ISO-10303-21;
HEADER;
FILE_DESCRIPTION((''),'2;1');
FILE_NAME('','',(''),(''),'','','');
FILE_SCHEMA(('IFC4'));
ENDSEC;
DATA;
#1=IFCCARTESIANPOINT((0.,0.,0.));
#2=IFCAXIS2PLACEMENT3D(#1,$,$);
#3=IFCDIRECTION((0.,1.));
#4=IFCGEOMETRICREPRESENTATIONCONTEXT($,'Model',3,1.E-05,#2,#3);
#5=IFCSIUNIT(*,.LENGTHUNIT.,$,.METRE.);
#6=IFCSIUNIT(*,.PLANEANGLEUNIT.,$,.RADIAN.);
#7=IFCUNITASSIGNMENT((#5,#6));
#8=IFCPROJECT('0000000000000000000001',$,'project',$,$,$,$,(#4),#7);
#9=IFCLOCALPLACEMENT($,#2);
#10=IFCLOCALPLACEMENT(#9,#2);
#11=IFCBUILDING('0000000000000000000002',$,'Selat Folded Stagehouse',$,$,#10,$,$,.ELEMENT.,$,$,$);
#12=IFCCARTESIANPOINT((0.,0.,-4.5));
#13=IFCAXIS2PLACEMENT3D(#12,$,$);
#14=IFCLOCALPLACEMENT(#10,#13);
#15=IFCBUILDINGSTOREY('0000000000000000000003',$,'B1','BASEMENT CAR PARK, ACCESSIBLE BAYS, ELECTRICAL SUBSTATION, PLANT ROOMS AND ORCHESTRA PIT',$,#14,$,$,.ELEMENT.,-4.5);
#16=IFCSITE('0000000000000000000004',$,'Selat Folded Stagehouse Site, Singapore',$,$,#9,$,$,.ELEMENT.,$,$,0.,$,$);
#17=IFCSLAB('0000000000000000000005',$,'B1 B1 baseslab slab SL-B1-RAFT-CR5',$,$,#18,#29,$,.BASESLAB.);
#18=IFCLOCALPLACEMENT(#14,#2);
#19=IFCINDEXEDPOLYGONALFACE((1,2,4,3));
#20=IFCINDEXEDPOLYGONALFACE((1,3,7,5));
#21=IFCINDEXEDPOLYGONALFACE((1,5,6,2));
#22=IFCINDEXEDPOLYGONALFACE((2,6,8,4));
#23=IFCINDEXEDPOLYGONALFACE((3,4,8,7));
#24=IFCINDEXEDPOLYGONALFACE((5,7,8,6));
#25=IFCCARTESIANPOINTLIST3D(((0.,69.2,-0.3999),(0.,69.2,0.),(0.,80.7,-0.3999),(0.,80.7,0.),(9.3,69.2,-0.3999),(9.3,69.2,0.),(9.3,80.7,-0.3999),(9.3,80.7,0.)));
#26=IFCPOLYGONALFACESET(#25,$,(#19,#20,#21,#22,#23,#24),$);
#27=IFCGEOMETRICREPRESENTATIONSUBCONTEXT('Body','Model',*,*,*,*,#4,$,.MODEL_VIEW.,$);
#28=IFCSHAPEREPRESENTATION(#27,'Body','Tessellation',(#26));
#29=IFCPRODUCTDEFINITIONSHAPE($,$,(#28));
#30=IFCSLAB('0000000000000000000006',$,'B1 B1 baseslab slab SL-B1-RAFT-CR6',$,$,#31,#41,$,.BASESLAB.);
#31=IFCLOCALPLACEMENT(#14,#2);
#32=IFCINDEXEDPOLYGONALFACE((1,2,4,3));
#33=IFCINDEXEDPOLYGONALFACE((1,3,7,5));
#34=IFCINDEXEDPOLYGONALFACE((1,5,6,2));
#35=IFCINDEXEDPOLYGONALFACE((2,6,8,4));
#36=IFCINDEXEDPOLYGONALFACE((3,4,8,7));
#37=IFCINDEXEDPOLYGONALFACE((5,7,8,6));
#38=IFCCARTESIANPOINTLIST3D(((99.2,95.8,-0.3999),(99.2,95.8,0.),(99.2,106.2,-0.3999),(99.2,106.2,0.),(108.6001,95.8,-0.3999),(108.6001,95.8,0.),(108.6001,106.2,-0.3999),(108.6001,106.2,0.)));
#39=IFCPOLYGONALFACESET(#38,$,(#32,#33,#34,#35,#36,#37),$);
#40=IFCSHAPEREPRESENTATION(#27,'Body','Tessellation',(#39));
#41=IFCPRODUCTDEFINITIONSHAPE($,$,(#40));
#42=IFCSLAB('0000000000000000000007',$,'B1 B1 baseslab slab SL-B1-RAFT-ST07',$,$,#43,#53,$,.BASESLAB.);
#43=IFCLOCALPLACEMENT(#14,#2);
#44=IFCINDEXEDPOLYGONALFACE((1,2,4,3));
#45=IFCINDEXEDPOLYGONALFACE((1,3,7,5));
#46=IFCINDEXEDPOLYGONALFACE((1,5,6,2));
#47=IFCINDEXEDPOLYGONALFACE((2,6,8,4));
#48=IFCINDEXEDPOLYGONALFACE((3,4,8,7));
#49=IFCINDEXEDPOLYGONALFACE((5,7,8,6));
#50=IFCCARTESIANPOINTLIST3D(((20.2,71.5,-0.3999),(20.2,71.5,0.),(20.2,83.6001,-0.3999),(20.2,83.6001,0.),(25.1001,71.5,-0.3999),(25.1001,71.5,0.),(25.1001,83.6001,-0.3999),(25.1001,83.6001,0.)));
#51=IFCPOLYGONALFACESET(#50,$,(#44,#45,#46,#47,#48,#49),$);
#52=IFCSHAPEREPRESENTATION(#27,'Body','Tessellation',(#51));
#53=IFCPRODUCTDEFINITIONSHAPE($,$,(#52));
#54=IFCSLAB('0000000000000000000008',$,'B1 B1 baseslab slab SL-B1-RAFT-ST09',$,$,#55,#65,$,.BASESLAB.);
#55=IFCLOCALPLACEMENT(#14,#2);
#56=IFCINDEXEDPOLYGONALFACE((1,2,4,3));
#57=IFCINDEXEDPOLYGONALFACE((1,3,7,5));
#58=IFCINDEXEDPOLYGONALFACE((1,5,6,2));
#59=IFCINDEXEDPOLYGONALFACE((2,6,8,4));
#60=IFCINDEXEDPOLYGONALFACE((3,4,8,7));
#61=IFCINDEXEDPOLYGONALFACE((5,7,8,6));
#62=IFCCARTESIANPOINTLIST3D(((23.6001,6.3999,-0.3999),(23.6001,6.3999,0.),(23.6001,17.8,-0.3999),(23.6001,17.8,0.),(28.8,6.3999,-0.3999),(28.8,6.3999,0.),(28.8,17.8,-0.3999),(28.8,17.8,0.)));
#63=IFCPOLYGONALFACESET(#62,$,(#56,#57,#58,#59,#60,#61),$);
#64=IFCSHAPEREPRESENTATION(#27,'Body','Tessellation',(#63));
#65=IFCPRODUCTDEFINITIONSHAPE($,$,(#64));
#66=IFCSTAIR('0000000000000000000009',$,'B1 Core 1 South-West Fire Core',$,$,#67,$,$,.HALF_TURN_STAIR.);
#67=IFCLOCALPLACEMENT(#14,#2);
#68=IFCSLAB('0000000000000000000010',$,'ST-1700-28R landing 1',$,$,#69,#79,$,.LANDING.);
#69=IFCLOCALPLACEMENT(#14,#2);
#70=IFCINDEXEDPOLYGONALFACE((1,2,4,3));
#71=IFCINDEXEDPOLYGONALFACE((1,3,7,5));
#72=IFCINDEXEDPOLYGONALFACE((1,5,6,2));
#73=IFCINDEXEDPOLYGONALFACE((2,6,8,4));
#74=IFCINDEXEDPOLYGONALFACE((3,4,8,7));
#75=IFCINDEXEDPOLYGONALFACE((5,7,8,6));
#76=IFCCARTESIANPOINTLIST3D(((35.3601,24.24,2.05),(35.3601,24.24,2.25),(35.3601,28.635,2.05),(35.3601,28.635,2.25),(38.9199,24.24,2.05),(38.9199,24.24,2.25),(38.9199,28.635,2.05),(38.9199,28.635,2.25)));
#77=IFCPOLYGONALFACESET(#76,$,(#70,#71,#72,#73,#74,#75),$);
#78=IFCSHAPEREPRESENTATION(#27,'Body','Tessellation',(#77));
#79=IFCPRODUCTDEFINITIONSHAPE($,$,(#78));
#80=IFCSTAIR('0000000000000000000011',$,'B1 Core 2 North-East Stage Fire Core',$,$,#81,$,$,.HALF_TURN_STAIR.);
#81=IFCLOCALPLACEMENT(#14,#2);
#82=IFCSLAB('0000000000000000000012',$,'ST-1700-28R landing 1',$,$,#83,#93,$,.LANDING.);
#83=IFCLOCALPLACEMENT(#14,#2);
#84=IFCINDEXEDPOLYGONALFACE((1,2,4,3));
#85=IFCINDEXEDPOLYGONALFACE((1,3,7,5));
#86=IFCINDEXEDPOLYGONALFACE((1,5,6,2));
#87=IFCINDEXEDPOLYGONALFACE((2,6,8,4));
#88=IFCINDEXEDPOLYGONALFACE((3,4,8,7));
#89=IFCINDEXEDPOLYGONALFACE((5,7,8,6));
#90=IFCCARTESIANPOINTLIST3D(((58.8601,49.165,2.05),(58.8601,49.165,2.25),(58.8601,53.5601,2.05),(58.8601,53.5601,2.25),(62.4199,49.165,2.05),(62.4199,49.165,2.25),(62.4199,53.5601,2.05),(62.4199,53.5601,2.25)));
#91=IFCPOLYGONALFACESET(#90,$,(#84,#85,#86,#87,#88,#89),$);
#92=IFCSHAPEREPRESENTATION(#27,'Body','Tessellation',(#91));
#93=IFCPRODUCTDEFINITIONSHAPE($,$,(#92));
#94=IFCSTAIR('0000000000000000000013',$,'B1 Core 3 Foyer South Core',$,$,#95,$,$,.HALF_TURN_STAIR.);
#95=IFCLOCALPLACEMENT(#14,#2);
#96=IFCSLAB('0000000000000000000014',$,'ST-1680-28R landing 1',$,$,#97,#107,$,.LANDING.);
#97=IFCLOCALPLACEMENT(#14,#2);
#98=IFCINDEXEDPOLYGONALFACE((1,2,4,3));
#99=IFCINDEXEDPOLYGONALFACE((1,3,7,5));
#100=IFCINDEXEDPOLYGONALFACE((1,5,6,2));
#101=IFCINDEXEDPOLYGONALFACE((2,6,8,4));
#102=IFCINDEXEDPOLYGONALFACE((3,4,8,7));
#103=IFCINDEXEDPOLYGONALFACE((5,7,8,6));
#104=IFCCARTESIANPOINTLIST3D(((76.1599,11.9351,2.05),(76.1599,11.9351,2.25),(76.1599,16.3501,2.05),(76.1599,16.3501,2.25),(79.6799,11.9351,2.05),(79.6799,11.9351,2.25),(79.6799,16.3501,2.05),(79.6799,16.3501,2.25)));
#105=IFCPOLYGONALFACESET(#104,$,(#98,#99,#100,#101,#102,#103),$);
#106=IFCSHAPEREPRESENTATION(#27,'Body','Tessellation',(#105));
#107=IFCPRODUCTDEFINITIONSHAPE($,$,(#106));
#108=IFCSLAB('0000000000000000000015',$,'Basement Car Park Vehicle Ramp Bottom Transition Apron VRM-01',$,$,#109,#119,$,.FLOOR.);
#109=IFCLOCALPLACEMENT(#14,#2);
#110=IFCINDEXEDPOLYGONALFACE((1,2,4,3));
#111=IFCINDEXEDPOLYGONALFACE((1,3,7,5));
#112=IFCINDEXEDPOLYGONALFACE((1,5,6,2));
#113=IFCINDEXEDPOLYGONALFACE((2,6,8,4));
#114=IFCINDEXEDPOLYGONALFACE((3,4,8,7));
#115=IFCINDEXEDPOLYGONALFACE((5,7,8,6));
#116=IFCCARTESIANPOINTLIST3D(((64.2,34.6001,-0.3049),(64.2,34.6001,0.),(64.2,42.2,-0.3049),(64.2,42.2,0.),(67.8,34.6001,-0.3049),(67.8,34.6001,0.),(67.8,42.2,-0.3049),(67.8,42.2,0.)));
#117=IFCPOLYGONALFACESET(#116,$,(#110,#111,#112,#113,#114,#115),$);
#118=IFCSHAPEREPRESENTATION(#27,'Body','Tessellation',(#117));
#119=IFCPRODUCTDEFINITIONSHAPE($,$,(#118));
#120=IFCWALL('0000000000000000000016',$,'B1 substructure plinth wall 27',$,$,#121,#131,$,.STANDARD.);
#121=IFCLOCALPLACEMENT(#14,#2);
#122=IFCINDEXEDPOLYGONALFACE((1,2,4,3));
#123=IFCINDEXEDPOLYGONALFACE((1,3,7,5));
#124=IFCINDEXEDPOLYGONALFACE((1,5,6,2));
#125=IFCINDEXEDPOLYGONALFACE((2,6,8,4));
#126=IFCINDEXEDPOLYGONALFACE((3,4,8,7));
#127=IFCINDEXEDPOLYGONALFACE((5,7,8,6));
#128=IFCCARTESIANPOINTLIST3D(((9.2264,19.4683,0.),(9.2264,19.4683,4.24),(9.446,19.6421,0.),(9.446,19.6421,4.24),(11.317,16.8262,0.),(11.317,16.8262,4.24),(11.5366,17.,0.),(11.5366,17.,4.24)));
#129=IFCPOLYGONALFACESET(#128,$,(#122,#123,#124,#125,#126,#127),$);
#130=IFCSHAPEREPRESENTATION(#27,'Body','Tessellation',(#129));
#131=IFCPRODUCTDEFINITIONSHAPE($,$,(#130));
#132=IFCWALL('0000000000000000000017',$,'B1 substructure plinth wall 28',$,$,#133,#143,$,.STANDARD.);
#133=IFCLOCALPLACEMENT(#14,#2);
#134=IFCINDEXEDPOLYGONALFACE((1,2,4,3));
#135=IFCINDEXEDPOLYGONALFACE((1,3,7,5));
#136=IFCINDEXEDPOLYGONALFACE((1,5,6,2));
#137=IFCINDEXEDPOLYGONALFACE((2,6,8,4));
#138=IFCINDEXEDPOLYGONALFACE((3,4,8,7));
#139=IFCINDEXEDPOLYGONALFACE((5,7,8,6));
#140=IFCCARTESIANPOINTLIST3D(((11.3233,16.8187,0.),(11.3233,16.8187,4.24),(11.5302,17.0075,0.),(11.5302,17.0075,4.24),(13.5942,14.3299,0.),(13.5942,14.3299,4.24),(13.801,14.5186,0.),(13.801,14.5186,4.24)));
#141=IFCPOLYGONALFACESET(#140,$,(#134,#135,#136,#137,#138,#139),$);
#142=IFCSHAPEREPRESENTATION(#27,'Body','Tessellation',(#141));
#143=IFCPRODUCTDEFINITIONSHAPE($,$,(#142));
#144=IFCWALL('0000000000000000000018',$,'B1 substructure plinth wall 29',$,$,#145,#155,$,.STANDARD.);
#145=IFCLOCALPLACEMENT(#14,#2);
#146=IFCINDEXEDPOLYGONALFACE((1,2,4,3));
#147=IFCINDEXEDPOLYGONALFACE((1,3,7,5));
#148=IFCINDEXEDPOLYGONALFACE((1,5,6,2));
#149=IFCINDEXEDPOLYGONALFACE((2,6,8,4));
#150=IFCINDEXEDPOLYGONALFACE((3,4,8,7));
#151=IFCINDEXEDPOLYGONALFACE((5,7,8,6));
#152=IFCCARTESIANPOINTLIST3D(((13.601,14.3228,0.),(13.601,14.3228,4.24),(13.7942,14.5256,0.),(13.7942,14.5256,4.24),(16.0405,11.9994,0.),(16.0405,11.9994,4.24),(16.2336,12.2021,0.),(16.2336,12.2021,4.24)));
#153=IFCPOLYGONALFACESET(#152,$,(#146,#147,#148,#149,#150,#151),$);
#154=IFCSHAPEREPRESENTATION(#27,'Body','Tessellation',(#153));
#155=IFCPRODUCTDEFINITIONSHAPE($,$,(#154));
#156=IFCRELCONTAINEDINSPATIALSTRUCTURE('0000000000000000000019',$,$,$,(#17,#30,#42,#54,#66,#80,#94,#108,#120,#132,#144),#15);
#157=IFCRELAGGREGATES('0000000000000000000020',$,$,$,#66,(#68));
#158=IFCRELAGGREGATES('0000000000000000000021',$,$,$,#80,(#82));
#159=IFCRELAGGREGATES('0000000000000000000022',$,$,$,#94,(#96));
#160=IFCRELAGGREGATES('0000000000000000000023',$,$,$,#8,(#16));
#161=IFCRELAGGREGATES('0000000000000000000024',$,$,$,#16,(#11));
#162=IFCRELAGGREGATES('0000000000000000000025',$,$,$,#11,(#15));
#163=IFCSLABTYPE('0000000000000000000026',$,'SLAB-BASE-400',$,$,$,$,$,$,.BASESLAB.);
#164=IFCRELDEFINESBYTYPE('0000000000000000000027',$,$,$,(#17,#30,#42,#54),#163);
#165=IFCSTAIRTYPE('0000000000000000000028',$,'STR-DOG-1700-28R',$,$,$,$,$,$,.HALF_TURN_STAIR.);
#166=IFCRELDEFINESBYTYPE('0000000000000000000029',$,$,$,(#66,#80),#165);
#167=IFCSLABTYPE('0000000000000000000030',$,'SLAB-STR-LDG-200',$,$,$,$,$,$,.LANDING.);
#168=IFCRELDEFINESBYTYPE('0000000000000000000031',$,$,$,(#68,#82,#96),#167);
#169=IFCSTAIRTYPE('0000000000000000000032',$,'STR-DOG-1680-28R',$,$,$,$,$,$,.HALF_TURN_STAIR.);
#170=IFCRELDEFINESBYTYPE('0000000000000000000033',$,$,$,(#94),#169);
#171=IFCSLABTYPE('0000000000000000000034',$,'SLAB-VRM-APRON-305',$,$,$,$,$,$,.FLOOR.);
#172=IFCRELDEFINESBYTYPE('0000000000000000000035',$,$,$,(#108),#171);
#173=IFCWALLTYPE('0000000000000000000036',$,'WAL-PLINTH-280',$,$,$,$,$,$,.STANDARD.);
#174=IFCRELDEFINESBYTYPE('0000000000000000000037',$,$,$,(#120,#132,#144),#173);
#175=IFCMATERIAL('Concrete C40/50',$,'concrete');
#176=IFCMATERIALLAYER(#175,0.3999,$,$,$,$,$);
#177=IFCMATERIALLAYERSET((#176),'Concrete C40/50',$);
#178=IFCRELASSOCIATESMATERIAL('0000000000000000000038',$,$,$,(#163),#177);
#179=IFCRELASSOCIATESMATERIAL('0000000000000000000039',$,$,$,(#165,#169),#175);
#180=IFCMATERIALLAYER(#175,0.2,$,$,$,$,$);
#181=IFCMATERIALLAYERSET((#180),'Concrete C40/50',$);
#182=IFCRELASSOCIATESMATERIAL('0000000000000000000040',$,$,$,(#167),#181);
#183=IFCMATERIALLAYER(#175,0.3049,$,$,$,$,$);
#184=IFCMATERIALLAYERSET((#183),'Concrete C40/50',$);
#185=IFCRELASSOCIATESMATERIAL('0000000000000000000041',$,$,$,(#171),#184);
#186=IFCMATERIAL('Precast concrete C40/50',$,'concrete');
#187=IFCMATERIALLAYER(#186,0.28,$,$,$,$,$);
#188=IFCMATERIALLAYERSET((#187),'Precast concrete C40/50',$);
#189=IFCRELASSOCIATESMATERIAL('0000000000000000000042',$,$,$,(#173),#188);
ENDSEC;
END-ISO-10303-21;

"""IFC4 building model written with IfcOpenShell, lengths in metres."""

from ifc_helpers import new_model, si_unit, direction, frame, frame_2d, origin, place, context, subcontext, project, spatial, polyline, rectangle, outline, extrude, material, layer, layer_set, type_object, element, aggregate, save


model = new_model("IFC4")

# Units and contexts
model_context = context("Model", 3, precision=1e-05, world=origin(), true_north=direction((0.0, 1.0)))
body_context = subcontext(model_context, "Body", "Model", "MODEL_VIEW")
ifc_project = project(units=[si_unit("LENGTHUNIT", "METRE"), si_unit("PLANEANGLEUNIT", "RADIAN")], contexts=[model_context])

# Site, building, storey
site_placement = place(None, origin())
site = spatial("IfcSite", under=ifc_project, at=site_placement, Name="Selat Folded Stagehouse Site, Singapore", CompositionType="ELEMENT", RefElevation=0.0)
building_placement = place(site_placement, origin())
building = spatial("IfcBuilding", under=site, at=building_placement, Name="Selat Folded Stagehouse", CompositionType="ELEMENT")
storey_placement = place(building_placement, frame((0.0, 0.0, -4.5)))
storey = spatial("IfcBuildingStorey", under=building, at=storey_placement, Name="B1", Description="BASEMENT CAR PARK, ACCESSIBLE BAYS, ELECTRICAL SUBSTATION, PLANT ROOMS AND ORCHESTRA PIT", CompositionType="ELEMENT", Elevation=-4.5)

# Shared definitions
ifc_material_1 = material(Name="Concrete C40/50", Category="concrete")

# Slabs
ifc_layer_1 = layer(ifc_material_1, 0.3999)
ifc_layer_set_1 = layer_set([ifc_layer_1], Name="Concrete C40/50")
slab_type_1 = type_object("IfcSlabType", Name="SLAB-BASE-400", PredefinedType="BASESLAB", material=ifc_layer_set_1)
slab_1_placement = place(storey_placement, frame((0.0, 0.0, -0.3999)))
element("IfcSlab", 1, at=slab_1_placement, inside=storey, type_object=slab_type_1, Name="B1 B1 baseslab slab SL-B1-RAFT-CR5", PredefinedType="BASESLAB", context=body_context, shape_type="SweptSolid", body=[
    extrude(outline(polyline([(0.0, 69.2), (9.3, 69.2), (9.3, 80.7), (0.0, 80.7), (0.0, 69.2)])), origin(), (0.0, 0.0, 1.0), 0.3999),
])
slab_2_placement = place(storey_placement, frame((0.0, 0.0, -0.3999)))
element("IfcSlab", 2, at=slab_2_placement, inside=storey, type_object=slab_type_1, Name="B1 B1 baseslab slab SL-B1-RAFT-CR6", PredefinedType="BASESLAB", context=body_context, shape_type="SweptSolid", body=[
    extrude(outline(polyline([(99.2, 95.8), (108.6001, 95.8), (108.6001, 106.2), (99.2, 106.2), (99.2, 95.8)])), origin(), (0.0, 0.0, 1.0), 0.3999),
])
slab_3_placement = place(storey_placement, frame((0.0, 0.0, -0.3999)))
element("IfcSlab", 3, at=slab_3_placement, inside=storey, type_object=slab_type_1, Name="B1 B1 baseslab slab SL-B1-RAFT-ST07", PredefinedType="BASESLAB", context=body_context, shape_type="SweptSolid", body=[
    extrude(outline(polyline([(20.2, 71.5), (25.1001, 71.5), (25.1001, 83.6001), (20.2, 83.6001), (20.2, 71.5)])), origin(), (0.0, 0.0, 1.0), 0.3999),
])
slab_4_placement = place(storey_placement, frame((0.0, 0.0, -0.3999)))
element("IfcSlab", 4, at=slab_4_placement, inside=storey, type_object=slab_type_1, Name="B1 B1 baseslab slab SL-B1-RAFT-ST09", PredefinedType="BASESLAB", context=body_context, shape_type="SweptSolid", body=[
    extrude(outline(polyline([(23.6001, 6.3999), (28.8, 6.3999), (28.8, 17.8), (23.6001, 17.8), (23.6001, 6.3999)])), origin(), (0.0, 0.0, 1.0), 0.3999),
])

# Stairs, slabs
stair_type_1 = type_object("IfcStairType", Name="STR-DOG-1700-28R", PredefinedType="HALF_TURN_STAIR", material=ifc_material_1)
stair_1_placement = place(storey_placement, origin())
stair_1 = element("IfcStair", 5, at=stair_1_placement, inside=storey, type_object=stair_type_1, Name="B1 Core 1 South-West Fire Core", PredefinedType="HALF_TURN_STAIR")
ifc_layer_2 = layer(ifc_material_1, 0.2)
ifc_layer_set_2 = layer_set([ifc_layer_2], Name="Concrete C40/50")
slab_type_2 = type_object("IfcSlabType", Name="SLAB-STR-LDG-200", PredefinedType="LANDING", material=ifc_layer_set_2)
slab_5_placement = place(storey_placement, frame((0.0, 0.0, 2.05)))
slab_5 = element("IfcSlab", 6, at=slab_5_placement, type_object=slab_type_2, Name="ST-1700-28R landing 1", PredefinedType="LANDING", context=body_context, shape_type="SweptSolid", body=[
    extrude(outline(polyline([(35.3601, 28.635), (35.3601, 24.24), (38.9199, 24.24), (38.9199, 28.635), (35.3601, 28.635)])), origin(), (0.0, 0.0, 1.0), 0.2),
])
aggregate(stair_1, [slab_5])
stair_2_placement = place(storey_placement, origin())
stair_2 = element("IfcStair", 7, at=stair_2_placement, inside=storey, type_object=stair_type_1, Name="B1 Core 2 North-East Stage Fire Core", PredefinedType="HALF_TURN_STAIR")
slab_6_placement = place(storey_placement, frame((0.0, 0.0, 2.05)))
slab_6 = element("IfcSlab", 8, at=slab_6_placement, type_object=slab_type_2, Name="ST-1700-28R landing 1", PredefinedType="LANDING", context=body_context, shape_type="SweptSolid", body=[
    extrude(outline(polyline([(62.4199, 49.165), (62.4199, 53.5601), (58.8601, 53.5601), (58.8601, 49.165), (62.4199, 49.165)])), origin(), (0.0, 0.0, 1.0), 0.2),
])
aggregate(stair_2, [slab_6])
stair_type_2 = type_object("IfcStairType", Name="STR-DOG-1680-28R", PredefinedType="HALF_TURN_STAIR", material=ifc_material_1)
stair_3_placement = place(storey_placement, origin())
stair_3 = element("IfcStair", 9, at=stair_3_placement, inside=storey, type_object=stair_type_2, Name="B1 Core 3 Foyer South Core", PredefinedType="HALF_TURN_STAIR")
slab_7_placement = place(storey_placement, frame((0.0, 0.0, 2.05)))
slab_7 = element("IfcSlab", 10, at=slab_7_placement, type_object=slab_type_2, Name="ST-1680-28R landing 1", PredefinedType="LANDING", context=body_context, shape_type="SweptSolid", body=[
    extrude(outline(polyline([(79.6799, 11.9351), (79.6799, 16.3501), (76.1599, 16.3501), (76.1599, 11.9351), (79.6799, 11.9351)])), origin(), (0.0, 0.0, 1.0), 0.2),
])
aggregate(stair_3, [slab_7])

# Slab
ifc_layer_3 = layer(ifc_material_1, 0.3049)
ifc_layer_set_3 = layer_set([ifc_layer_3], Name="Concrete C40/50")
slab_type_3 = type_object("IfcSlabType", Name="SLAB-VRM-APRON-305", PredefinedType="FLOOR", material=ifc_layer_set_3)
slab_8_placement = place(storey_placement, frame((0.0, 0.0, -0.3049)))
element("IfcSlab", 11, at=slab_8_placement, inside=storey, type_object=slab_type_3, Name="Basement Car Park Vehicle Ramp Bottom Transition Apron VRM-01", PredefinedType="FLOOR", context=body_context, shape_type="SweptSolid", body=[
    extrude(outline(polyline([(64.2, 34.6001), (67.8, 34.6001), (67.8, 42.2), (64.2, 42.2), (64.2, 34.6001)])), origin(), (0.0, 0.0, 1.0), 0.3049),
])

# Walls
ifc_material_2 = material(Name="Precast concrete C40/50", Category="concrete")
ifc_layer_4 = layer(ifc_material_2, 0.28)
ifc_layer_set_4 = layer_set([ifc_layer_4], Name="Precast concrete C40/50")
wall_type = type_object("IfcWallType", Name="WAL-PLINTH-280", PredefinedType="STANDARD", material=ifc_layer_set_4)
for number, where, z_axis, x_axis, name in (
    (12, (9.3362, 19.5552, 0.0), (0.0, 0.0, 1.0), (0.620506, -0.784202, 0.0), "B1 substructure plinth wall 27"),
    (13, (11.4268, 16.9131, 0.0), (0.0, 0.0, 1.0), (0.67401, -0.738722, 0.0), "B1 substructure plinth wall 28"),
):
    element("IfcWall", number, at=place(storey_placement, frame(where, z_axis=z_axis, x_axis=x_axis)), inside=storey, type_object=wall_type, Name=name, PredefinedType="STANDARD", context=body_context, shape_type="SweptSolid", body=[
        extrude(rectangle(XDim=3.3691, YDim=0.28, at=frame_2d((1.6846, 0.0))), origin(), (0.0, 0.0, 1.0), 4.24),
    ])
wall_placement = place(storey_placement, frame((13.6975, 14.4243, 0.0), z_axis=(0.0, 0.0, 1.0), x_axis=(0.724109, -0.689686, 0.0)))
element("IfcWall", 14, at=wall_placement, inside=storey, type_object=wall_type, Name="B1 substructure plinth wall 29", PredefinedType="STANDARD", context=body_context, shape_type="SweptSolid", body=[
    extrude(rectangle(XDim=3.3689, YDim=0.28, at=frame_2d((1.6846, 0.0))), origin(), (0.0, 0.0, 1.0), 4.24),
])

save(model, "model.ifc")
